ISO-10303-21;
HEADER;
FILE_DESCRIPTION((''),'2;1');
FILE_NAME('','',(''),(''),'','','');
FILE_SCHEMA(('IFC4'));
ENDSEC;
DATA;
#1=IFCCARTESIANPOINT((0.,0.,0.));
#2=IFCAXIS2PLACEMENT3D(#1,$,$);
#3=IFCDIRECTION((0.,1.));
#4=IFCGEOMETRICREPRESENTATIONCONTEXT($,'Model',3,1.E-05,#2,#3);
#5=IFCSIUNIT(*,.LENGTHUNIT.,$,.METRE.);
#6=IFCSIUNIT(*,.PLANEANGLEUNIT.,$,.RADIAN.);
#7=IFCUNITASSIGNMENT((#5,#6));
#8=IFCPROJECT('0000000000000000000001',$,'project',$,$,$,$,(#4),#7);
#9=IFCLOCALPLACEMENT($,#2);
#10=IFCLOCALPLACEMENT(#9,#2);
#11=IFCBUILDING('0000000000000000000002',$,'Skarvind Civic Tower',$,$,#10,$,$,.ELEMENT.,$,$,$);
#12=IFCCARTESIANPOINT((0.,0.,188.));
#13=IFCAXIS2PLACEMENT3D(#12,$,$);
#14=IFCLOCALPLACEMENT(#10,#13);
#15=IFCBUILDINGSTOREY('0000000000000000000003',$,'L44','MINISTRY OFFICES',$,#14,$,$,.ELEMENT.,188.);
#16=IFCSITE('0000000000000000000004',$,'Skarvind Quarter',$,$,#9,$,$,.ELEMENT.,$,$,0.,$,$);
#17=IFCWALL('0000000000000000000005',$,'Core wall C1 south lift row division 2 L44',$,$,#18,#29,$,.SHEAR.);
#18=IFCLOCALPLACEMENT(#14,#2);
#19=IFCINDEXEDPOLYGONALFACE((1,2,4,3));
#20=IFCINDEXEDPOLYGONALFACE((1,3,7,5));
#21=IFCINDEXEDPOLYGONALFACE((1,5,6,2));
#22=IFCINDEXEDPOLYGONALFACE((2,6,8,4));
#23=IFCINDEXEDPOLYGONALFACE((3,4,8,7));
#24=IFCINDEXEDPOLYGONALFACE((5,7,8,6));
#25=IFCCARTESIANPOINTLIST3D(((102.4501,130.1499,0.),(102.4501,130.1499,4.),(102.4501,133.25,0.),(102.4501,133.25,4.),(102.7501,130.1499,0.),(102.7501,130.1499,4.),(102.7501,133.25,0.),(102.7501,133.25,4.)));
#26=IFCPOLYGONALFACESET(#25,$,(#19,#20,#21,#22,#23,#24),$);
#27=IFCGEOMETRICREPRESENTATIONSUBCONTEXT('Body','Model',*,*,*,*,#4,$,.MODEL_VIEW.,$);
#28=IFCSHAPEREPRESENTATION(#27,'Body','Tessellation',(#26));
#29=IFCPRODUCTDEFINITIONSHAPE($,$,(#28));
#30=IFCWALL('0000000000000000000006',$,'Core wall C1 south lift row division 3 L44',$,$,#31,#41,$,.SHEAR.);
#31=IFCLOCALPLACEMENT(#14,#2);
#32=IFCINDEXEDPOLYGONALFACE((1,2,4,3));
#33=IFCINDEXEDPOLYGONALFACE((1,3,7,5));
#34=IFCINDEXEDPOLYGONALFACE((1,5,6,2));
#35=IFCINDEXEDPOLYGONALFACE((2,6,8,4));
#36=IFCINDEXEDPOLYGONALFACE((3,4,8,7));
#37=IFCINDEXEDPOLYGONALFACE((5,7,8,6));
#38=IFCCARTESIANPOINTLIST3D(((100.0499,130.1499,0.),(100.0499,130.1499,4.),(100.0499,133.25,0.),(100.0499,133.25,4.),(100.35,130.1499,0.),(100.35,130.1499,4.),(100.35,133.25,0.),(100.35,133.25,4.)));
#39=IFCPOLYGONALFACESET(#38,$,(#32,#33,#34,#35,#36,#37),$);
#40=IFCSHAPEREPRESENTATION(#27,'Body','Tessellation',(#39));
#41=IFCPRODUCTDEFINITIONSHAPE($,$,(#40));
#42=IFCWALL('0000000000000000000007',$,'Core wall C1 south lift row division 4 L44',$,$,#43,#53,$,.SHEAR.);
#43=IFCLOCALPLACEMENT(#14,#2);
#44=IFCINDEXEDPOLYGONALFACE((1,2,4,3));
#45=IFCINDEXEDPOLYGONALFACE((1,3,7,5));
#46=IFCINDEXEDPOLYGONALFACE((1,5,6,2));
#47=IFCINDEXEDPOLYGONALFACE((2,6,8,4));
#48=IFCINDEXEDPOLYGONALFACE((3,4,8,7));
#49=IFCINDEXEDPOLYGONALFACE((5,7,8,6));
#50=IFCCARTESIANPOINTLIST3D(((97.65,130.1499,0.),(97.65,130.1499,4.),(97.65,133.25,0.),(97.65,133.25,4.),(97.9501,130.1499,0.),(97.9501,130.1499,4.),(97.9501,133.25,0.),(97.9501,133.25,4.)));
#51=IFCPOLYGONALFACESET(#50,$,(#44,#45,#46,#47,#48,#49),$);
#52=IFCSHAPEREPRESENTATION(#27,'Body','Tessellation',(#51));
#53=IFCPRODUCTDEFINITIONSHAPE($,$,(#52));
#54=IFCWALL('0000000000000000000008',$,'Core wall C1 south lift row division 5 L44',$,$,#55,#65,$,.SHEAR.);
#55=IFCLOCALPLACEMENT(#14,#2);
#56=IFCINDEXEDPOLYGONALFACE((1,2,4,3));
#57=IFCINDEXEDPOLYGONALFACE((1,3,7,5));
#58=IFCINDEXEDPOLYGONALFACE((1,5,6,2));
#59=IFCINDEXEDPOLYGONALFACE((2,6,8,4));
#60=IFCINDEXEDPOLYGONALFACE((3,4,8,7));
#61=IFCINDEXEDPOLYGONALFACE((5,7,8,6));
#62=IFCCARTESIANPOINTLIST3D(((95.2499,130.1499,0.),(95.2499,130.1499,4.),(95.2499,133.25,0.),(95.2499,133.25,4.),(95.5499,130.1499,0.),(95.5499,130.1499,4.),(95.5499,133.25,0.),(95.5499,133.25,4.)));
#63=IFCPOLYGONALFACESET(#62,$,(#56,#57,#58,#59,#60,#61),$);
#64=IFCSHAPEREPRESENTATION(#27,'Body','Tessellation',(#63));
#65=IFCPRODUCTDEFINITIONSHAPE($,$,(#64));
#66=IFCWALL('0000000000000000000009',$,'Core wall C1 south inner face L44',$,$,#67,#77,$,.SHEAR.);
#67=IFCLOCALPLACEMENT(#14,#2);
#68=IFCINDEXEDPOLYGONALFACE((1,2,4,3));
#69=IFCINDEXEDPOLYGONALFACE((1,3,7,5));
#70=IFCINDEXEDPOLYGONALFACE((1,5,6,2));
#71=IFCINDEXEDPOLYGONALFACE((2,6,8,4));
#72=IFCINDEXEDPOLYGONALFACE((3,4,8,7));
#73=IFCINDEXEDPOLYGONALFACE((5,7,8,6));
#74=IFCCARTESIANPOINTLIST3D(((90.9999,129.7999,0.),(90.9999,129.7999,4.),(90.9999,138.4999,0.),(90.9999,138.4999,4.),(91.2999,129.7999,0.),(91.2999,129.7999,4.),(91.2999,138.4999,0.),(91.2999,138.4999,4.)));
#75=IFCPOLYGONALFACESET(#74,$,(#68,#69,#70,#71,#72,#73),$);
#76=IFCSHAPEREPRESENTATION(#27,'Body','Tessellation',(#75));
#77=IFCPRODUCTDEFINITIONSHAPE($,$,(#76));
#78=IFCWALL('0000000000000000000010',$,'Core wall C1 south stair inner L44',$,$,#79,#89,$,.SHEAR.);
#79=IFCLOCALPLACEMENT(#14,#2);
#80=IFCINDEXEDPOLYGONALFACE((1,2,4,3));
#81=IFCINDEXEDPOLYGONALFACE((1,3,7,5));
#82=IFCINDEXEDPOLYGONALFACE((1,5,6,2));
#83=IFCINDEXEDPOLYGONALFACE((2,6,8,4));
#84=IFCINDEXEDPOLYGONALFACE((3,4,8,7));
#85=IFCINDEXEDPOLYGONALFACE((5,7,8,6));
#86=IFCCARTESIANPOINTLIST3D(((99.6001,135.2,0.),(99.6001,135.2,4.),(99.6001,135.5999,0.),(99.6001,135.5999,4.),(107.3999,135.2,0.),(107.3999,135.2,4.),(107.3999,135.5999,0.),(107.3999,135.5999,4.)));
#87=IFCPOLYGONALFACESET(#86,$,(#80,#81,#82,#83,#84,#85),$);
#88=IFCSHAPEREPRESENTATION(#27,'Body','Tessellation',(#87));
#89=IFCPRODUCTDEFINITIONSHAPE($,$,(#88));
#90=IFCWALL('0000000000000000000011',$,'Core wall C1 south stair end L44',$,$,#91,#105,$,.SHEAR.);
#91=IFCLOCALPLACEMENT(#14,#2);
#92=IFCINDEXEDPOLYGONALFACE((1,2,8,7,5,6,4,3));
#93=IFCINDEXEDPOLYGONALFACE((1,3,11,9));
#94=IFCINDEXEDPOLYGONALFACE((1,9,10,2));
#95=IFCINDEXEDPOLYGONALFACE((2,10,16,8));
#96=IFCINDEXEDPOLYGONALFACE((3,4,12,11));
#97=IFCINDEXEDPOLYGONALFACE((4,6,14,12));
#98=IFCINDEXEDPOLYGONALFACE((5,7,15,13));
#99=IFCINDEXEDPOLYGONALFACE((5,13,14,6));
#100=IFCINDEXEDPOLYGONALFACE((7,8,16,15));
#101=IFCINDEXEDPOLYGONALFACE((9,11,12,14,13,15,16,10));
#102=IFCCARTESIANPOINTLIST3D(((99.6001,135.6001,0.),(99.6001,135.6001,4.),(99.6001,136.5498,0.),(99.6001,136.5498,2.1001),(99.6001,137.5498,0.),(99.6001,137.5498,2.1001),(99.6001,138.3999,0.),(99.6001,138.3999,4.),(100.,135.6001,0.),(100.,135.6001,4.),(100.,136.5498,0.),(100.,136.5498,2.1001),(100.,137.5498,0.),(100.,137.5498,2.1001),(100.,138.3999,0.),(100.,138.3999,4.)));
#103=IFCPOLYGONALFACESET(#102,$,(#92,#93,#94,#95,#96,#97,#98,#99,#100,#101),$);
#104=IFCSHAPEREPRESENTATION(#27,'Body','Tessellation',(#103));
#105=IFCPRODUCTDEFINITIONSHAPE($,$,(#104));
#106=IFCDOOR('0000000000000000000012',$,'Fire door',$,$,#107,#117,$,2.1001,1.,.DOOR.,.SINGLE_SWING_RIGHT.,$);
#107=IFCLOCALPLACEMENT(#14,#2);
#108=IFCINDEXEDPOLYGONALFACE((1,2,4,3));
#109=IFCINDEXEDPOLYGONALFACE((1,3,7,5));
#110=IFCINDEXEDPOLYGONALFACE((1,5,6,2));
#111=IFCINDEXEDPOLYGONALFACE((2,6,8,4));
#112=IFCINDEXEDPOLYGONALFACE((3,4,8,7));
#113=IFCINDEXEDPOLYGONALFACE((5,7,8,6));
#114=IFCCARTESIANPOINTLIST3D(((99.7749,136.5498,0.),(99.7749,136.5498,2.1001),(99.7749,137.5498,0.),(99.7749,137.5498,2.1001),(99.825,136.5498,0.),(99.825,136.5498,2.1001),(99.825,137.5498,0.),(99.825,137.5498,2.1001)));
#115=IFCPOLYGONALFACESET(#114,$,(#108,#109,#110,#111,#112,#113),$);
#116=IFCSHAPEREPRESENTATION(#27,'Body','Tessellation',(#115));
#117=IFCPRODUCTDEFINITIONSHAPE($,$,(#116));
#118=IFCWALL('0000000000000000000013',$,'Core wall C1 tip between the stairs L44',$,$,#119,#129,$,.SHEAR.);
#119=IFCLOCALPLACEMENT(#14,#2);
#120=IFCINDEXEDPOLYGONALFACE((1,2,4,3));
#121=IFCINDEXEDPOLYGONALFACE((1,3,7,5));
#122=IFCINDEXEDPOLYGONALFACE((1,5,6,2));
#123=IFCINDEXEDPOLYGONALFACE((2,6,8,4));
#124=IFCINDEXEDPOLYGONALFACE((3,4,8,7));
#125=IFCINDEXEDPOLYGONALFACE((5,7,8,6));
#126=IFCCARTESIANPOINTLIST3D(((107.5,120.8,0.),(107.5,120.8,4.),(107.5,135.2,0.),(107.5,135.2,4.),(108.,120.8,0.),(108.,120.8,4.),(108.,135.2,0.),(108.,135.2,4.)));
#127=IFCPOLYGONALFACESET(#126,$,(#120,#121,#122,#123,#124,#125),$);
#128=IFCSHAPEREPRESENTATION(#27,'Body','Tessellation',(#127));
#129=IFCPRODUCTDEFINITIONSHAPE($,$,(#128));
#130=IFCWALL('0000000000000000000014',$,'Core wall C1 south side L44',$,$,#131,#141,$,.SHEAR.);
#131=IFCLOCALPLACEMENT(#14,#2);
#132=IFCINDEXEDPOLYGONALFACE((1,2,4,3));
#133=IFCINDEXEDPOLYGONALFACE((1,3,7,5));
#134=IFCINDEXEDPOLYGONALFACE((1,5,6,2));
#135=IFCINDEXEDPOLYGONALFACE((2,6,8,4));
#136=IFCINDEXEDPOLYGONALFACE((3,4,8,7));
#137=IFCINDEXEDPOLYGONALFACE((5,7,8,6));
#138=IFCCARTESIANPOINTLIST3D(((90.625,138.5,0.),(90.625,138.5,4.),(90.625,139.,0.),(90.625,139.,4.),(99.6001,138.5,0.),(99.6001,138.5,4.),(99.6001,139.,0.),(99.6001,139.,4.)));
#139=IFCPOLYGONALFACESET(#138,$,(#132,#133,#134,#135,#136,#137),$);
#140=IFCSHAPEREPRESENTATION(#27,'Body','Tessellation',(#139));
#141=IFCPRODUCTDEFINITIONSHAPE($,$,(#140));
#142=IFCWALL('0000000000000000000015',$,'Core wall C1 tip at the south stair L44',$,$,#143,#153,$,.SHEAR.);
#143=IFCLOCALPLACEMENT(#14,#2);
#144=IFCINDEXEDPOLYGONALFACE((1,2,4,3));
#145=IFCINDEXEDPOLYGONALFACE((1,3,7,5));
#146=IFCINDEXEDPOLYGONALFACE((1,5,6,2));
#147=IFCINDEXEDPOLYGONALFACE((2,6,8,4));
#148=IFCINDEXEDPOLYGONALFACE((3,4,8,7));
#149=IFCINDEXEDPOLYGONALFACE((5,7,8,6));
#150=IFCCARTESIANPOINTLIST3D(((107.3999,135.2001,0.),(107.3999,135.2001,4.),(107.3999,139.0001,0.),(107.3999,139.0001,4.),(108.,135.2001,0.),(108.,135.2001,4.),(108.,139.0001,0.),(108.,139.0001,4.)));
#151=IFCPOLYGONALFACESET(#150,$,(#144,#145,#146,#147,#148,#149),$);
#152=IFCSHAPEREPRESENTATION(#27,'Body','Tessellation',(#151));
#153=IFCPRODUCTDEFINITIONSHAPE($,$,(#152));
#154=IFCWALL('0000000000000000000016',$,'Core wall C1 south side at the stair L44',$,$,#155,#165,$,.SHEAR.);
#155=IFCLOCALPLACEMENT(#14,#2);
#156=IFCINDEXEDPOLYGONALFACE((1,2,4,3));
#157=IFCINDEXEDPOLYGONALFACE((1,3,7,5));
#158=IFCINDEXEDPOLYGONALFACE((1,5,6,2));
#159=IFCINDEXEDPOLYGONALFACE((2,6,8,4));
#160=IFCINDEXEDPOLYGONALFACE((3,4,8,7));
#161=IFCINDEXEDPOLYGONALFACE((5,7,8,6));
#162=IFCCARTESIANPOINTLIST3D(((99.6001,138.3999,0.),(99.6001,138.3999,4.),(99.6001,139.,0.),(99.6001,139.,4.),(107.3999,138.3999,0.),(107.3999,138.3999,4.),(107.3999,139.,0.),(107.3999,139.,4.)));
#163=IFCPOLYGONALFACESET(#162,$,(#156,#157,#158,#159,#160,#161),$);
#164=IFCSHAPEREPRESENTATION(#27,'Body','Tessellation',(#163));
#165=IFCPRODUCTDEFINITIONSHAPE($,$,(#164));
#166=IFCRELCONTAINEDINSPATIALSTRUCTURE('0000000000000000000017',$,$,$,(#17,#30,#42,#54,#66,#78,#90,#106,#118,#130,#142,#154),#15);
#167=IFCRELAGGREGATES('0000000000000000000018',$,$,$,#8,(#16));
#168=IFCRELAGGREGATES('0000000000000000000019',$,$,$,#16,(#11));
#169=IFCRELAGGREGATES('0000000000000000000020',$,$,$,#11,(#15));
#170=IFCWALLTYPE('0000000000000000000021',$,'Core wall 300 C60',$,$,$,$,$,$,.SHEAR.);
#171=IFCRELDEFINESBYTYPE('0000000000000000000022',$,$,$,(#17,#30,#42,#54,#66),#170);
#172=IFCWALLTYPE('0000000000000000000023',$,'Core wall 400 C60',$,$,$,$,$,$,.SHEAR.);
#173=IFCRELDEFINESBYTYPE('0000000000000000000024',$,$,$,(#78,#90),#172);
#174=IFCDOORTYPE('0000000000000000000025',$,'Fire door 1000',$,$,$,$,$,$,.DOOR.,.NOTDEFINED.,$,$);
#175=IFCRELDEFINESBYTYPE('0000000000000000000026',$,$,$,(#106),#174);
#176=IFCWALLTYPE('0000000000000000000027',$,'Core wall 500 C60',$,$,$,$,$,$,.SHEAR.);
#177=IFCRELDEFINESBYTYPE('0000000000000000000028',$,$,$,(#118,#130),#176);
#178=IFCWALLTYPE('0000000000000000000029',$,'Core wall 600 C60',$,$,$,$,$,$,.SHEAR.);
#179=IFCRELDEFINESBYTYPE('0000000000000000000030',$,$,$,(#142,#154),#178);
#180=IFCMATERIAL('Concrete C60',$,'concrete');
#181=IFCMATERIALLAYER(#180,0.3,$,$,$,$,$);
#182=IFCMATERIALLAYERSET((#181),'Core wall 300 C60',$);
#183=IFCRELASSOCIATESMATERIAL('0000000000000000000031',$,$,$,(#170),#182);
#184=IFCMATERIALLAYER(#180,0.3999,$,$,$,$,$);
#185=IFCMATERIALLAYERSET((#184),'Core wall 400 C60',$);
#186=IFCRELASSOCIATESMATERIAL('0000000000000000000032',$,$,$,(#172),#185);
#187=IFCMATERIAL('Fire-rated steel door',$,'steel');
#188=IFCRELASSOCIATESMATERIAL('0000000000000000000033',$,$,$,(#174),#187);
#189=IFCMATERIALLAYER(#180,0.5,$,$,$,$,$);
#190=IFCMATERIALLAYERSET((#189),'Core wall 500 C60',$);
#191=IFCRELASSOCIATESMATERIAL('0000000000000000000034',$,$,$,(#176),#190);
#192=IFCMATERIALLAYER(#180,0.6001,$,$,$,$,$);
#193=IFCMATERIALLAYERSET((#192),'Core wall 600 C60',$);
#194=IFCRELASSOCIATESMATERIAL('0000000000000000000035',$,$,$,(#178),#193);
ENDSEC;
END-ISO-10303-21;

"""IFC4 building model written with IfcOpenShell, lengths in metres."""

from ifc_helpers import new_model, si_unit, direction, frame, frame_2d, origin, place, context, subcontext, project, spatial, rectangle, extrude, material, layer, layer_set, type_object, element, fill, save


model = new_model("IFC4")

# Units and contexts
model_context = context("Model", 3, precision=1e-05, world=origin(), true_north=direction((0.0, 1.0)))
body_context = subcontext(model_context, "Body", "Model", "MODEL_VIEW")
ifc_project = project(units=[si_unit("LENGTHUNIT", "METRE"), si_unit("PLANEANGLEUNIT", "RADIAN")], contexts=[model_context])

# Site, building, storey
site_placement = place(None, origin())
site = spatial("IfcSite", under=ifc_project, at=site_placement, Name="Skarvind Quarter", CompositionType="ELEMENT", RefElevation=0.0)
building_placement = place(site_placement, origin())
building = spatial("IfcBuilding", under=site, at=building_placement, Name="Skarvind Civic Tower", CompositionType="ELEMENT")
storey_placement = place(building_placement, frame((0.0, 0.0, 188.0)))
storey = spatial("IfcBuildingStorey", under=building, at=storey_placement, Name="L44", Description="MINISTRY OFFICES", CompositionType="ELEMENT", Elevation=188.0)

# Shared definitions
ifc_material_1 = material(Name="Concrete C60", Category="concrete")

# Shared definitions
ifc_material_2 = material(Name="Fire-rated steel door", Category="steel")

# Shared definitions
ifc_layer_1 = layer(ifc_material_1, 0.3)
ifc_layer_set_1 = layer_set([ifc_layer_1], Name="Core wall 300 C60")
wall_type_1 = type_object("IfcWallType", Name="Core wall 300 C60", PredefinedType="SHEAR", material=ifc_layer_set_1)

# Walls
for number, where, z_axis, x_axis, name in (
    (1, (102.6001, 133.25, 0.0), (0.0, 0.0, 1.0), (0.0, -1.0, 0.0), "Core wall C1 south lift row division 2 L44"),
    (2, (100.2, 133.25, 0.0), (0.0, 0.0, 1.0), (0.0, -1.0, 0.0), "Core wall C1 south lift row division 3 L44"),
    (3, (97.8, 133.25, 0.0), (0.0, 0.0, 1.0), (0.0, -1.0, 0.0), "Core wall C1 south lift row division 4 L44"),
    (4, (95.3999, 133.25, 0.0), (0.0, 0.0, 1.0), (0.0, -1.0, 0.0), "Core wall C1 south lift row division 5 L44"),
):
    element("IfcWall", number, at=place(storey_placement, frame(where, z_axis=z_axis, x_axis=x_axis)), inside=storey, type_object=wall_type_1, Name=name, PredefinedType="SHEAR", context=body_context, shape_type="SweptSolid", body=[
        extrude(rectangle(XDim=3.1001, YDim=0.3, at=frame_2d((1.55, 0.0))), origin(), (0.0, 0.0, 1.0), 4.0),
    ])
wall_1_placement = place(storey_placement, frame((91.1499, 138.5, 0.0), z_axis=(0.0, 0.0, 1.0), x_axis=(0.0, -1.0, 0.0)))
element("IfcWall", 5, at=wall_1_placement, inside=storey, type_object=wall_type_1, Name="Core wall C1 south inner face L44", PredefinedType="SHEAR", context=body_context, shape_type="SweptSolid", body=[
    extrude(rectangle(XDim=8.7, YDim=0.3, at=frame_2d((4.3501, 0.0))), origin(), (0.0, 0.0, 1.0), 4.0),
])
ifc_layer_2 = layer(ifc_material_1, 0.3999)
ifc_layer_set_2 = layer_set([ifc_layer_2], Name="Core wall 400 C60")
wall_type_2 = type_object("IfcWallType", Name="Core wall 400 C60", PredefinedType="SHEAR", material=ifc_layer_set_2)
wall_2_placement = place(storey_placement, frame((107.3999, 135.3999, 0.0), z_axis=(0.0, 0.0, 1.0), x_axis=(-1.0, 0.0, 0.0)))
element("IfcWall", 6, at=wall_2_placement, inside=storey, type_object=wall_type_2, Name="Core wall C1 south stair inner L44", PredefinedType="SHEAR", context=body_context, shape_type="SweptSolid", body=[
    extrude(rectangle(XDim=7.7998, YDim=0.3999, at=frame_2d((3.8999, 0.0))), origin(), (0.0, 0.0, 1.0), 4.0),
])

# Wall, opening, door
wall_3_placement = place(storey_placement, frame((99.8, 138.3999, 0.0), z_axis=(0.0, 0.0, 1.0), x_axis=(0.0, -1.0, 0.0)))
wall_3 = element("IfcWall", 7, at=wall_3_placement, inside=storey, type_object=wall_type_2, Name="Core wall C1 south stair end L44", PredefinedType="SHEAR", context=body_context, shape_type="SweptSolid", body=[
    extrude(rectangle(XDim=2.7998, YDim=0.3999, at=frame_2d((1.3999, 0.0))), origin(), (0.0, 0.0, 1.0), 4.0),
])
opening_1_placement = place(wall_3_placement, frame((0.8501, 0.0, 0.0)))
opening_1 = element("IfcOpeningElement", 8, at=opening_1_placement, cuts=wall_3, PredefinedType="OPENING", context=body_context, shape_type="SweptSolid", body=[
    extrude(rectangle(XDim=1.0, YDim=2.1001, at=frame_2d((0.5, 1.05))), frame((0.0, 0.21, 0.0), z_axis=(0.0, -1.0, 0.0), x_axis=(1.0, 0.0, 0.0)), (0.0, 0.0, 1.0), 0.4199),
])
door_type_1 = type_object("IfcDoorType", Name="Fire door 1000", OperationType="NOTDEFINED", PredefinedType="DOOR", material=ifc_material_2)
door_1_placement = place(opening_1_placement, origin())
door_1 = element("IfcDoor", 9, at=door_1_placement, inside=storey, type_object=door_type_1, Name="Fire door", OperationType="SINGLE_SWING_RIGHT", OverallHeight=2.1001, OverallWidth=1.0, PredefinedType="DOOR", context=body_context, shape_type="SweptSolid", body=[
    extrude(rectangle(XDim=1.0, YDim=2.1001, at=frame_2d((0.5, 1.05))), frame((0.0, 0.0249, 0.0), z_axis=(0.0, -1.0, 0.0), x_axis=(1.0, 0.0, 0.0)), (0.0, 0.0, 1.0), 0.05),
])
fill(opening_1, door_1)

# Walls
ifc_layer_3 = layer(ifc_material_1, 0.5)
ifc_layer_set_3 = layer_set([ifc_layer_3], Name="Core wall 500 C60")
wall_type_3 = type_object("IfcWallType", Name="Core wall 500 C60", PredefinedType="SHEAR", material=ifc_layer_set_3)
wall_4_placement = place(storey_placement, frame((107.75, 135.2, 0.0), z_axis=(0.0, 0.0, 1.0), x_axis=(0.0, -1.0, 0.0)))
element("IfcWall", 10, at=wall_4_placement, inside=storey, type_object=wall_type_3, Name="Core wall C1 tip between the stairs L44", PredefinedType="SHEAR", context=body_context, shape_type="SweptSolid", body=[
    extrude(rectangle(XDim=14.3999, YDim=0.5, at=frame_2d((7.2, 0.0))), origin(), (0.0, 0.0, 1.0), 4.0),
])
wall_5_placement = place(storey_placement, frame((99.6001, 138.75, 0.0), z_axis=(0.0, 0.0, 1.0), x_axis=(-1.0, 0.0, 0.0)))
element("IfcWall", 11, at=wall_5_placement, inside=storey, type_object=wall_type_3, Name="Core wall C1 south side L44", PredefinedType="SHEAR", context=body_context, shape_type="SweptSolid", body=[
    extrude(rectangle(XDim=8.9751, YDim=0.5, at=frame_2d((4.4875, 0.0))), origin(), (0.0, 0.0, 1.0), 4.0),
])
ifc_layer_4 = layer(ifc_material_1, 0.6001)
ifc_layer_set_4 = layer_set([ifc_layer_4], Name="Core wall 600 C60")
wall_type_4 = type_object("IfcWallType", Name="Core wall 600 C60", PredefinedType="SHEAR", material=ifc_layer_set_4)
wall_6_placement = place(storey_placement, frame((107.7, 139.0, 0.0), z_axis=(0.0, 0.0, 1.0), x_axis=(0.0, -1.0, 0.0)))
element("IfcWall", 12, at=wall_6_placement, inside=storey, type_object=wall_type_4, Name="Core wall C1 tip at the south stair L44", PredefinedType="SHEAR", context=body_context, shape_type="SweptSolid", body=[
    extrude(rectangle(XDim=3.8, YDim=0.6001, at=frame_2d((1.8999, 0.0))), origin(), (0.0, 0.0, 1.0), 4.0),
])
wall_7_placement = place(storey_placement, frame((107.3999, 138.7, 0.0), z_axis=(0.0, 0.0, 1.0), x_axis=(-1.0, 0.0, 0.0)))
element("IfcWall", 13, at=wall_7_placement, inside=storey, type_object=wall_type_4, Name="Core wall C1 south side at the stair L44", PredefinedType="SHEAR", context=body_context, shape_type="SweptSolid", body=[
    extrude(rectangle(XDim=7.7998, YDim=0.6001, at=frame_2d((3.8999, 0.0))), origin(), (0.0, 0.0, 1.0), 4.0),
])

save(model, "model.ifc")
